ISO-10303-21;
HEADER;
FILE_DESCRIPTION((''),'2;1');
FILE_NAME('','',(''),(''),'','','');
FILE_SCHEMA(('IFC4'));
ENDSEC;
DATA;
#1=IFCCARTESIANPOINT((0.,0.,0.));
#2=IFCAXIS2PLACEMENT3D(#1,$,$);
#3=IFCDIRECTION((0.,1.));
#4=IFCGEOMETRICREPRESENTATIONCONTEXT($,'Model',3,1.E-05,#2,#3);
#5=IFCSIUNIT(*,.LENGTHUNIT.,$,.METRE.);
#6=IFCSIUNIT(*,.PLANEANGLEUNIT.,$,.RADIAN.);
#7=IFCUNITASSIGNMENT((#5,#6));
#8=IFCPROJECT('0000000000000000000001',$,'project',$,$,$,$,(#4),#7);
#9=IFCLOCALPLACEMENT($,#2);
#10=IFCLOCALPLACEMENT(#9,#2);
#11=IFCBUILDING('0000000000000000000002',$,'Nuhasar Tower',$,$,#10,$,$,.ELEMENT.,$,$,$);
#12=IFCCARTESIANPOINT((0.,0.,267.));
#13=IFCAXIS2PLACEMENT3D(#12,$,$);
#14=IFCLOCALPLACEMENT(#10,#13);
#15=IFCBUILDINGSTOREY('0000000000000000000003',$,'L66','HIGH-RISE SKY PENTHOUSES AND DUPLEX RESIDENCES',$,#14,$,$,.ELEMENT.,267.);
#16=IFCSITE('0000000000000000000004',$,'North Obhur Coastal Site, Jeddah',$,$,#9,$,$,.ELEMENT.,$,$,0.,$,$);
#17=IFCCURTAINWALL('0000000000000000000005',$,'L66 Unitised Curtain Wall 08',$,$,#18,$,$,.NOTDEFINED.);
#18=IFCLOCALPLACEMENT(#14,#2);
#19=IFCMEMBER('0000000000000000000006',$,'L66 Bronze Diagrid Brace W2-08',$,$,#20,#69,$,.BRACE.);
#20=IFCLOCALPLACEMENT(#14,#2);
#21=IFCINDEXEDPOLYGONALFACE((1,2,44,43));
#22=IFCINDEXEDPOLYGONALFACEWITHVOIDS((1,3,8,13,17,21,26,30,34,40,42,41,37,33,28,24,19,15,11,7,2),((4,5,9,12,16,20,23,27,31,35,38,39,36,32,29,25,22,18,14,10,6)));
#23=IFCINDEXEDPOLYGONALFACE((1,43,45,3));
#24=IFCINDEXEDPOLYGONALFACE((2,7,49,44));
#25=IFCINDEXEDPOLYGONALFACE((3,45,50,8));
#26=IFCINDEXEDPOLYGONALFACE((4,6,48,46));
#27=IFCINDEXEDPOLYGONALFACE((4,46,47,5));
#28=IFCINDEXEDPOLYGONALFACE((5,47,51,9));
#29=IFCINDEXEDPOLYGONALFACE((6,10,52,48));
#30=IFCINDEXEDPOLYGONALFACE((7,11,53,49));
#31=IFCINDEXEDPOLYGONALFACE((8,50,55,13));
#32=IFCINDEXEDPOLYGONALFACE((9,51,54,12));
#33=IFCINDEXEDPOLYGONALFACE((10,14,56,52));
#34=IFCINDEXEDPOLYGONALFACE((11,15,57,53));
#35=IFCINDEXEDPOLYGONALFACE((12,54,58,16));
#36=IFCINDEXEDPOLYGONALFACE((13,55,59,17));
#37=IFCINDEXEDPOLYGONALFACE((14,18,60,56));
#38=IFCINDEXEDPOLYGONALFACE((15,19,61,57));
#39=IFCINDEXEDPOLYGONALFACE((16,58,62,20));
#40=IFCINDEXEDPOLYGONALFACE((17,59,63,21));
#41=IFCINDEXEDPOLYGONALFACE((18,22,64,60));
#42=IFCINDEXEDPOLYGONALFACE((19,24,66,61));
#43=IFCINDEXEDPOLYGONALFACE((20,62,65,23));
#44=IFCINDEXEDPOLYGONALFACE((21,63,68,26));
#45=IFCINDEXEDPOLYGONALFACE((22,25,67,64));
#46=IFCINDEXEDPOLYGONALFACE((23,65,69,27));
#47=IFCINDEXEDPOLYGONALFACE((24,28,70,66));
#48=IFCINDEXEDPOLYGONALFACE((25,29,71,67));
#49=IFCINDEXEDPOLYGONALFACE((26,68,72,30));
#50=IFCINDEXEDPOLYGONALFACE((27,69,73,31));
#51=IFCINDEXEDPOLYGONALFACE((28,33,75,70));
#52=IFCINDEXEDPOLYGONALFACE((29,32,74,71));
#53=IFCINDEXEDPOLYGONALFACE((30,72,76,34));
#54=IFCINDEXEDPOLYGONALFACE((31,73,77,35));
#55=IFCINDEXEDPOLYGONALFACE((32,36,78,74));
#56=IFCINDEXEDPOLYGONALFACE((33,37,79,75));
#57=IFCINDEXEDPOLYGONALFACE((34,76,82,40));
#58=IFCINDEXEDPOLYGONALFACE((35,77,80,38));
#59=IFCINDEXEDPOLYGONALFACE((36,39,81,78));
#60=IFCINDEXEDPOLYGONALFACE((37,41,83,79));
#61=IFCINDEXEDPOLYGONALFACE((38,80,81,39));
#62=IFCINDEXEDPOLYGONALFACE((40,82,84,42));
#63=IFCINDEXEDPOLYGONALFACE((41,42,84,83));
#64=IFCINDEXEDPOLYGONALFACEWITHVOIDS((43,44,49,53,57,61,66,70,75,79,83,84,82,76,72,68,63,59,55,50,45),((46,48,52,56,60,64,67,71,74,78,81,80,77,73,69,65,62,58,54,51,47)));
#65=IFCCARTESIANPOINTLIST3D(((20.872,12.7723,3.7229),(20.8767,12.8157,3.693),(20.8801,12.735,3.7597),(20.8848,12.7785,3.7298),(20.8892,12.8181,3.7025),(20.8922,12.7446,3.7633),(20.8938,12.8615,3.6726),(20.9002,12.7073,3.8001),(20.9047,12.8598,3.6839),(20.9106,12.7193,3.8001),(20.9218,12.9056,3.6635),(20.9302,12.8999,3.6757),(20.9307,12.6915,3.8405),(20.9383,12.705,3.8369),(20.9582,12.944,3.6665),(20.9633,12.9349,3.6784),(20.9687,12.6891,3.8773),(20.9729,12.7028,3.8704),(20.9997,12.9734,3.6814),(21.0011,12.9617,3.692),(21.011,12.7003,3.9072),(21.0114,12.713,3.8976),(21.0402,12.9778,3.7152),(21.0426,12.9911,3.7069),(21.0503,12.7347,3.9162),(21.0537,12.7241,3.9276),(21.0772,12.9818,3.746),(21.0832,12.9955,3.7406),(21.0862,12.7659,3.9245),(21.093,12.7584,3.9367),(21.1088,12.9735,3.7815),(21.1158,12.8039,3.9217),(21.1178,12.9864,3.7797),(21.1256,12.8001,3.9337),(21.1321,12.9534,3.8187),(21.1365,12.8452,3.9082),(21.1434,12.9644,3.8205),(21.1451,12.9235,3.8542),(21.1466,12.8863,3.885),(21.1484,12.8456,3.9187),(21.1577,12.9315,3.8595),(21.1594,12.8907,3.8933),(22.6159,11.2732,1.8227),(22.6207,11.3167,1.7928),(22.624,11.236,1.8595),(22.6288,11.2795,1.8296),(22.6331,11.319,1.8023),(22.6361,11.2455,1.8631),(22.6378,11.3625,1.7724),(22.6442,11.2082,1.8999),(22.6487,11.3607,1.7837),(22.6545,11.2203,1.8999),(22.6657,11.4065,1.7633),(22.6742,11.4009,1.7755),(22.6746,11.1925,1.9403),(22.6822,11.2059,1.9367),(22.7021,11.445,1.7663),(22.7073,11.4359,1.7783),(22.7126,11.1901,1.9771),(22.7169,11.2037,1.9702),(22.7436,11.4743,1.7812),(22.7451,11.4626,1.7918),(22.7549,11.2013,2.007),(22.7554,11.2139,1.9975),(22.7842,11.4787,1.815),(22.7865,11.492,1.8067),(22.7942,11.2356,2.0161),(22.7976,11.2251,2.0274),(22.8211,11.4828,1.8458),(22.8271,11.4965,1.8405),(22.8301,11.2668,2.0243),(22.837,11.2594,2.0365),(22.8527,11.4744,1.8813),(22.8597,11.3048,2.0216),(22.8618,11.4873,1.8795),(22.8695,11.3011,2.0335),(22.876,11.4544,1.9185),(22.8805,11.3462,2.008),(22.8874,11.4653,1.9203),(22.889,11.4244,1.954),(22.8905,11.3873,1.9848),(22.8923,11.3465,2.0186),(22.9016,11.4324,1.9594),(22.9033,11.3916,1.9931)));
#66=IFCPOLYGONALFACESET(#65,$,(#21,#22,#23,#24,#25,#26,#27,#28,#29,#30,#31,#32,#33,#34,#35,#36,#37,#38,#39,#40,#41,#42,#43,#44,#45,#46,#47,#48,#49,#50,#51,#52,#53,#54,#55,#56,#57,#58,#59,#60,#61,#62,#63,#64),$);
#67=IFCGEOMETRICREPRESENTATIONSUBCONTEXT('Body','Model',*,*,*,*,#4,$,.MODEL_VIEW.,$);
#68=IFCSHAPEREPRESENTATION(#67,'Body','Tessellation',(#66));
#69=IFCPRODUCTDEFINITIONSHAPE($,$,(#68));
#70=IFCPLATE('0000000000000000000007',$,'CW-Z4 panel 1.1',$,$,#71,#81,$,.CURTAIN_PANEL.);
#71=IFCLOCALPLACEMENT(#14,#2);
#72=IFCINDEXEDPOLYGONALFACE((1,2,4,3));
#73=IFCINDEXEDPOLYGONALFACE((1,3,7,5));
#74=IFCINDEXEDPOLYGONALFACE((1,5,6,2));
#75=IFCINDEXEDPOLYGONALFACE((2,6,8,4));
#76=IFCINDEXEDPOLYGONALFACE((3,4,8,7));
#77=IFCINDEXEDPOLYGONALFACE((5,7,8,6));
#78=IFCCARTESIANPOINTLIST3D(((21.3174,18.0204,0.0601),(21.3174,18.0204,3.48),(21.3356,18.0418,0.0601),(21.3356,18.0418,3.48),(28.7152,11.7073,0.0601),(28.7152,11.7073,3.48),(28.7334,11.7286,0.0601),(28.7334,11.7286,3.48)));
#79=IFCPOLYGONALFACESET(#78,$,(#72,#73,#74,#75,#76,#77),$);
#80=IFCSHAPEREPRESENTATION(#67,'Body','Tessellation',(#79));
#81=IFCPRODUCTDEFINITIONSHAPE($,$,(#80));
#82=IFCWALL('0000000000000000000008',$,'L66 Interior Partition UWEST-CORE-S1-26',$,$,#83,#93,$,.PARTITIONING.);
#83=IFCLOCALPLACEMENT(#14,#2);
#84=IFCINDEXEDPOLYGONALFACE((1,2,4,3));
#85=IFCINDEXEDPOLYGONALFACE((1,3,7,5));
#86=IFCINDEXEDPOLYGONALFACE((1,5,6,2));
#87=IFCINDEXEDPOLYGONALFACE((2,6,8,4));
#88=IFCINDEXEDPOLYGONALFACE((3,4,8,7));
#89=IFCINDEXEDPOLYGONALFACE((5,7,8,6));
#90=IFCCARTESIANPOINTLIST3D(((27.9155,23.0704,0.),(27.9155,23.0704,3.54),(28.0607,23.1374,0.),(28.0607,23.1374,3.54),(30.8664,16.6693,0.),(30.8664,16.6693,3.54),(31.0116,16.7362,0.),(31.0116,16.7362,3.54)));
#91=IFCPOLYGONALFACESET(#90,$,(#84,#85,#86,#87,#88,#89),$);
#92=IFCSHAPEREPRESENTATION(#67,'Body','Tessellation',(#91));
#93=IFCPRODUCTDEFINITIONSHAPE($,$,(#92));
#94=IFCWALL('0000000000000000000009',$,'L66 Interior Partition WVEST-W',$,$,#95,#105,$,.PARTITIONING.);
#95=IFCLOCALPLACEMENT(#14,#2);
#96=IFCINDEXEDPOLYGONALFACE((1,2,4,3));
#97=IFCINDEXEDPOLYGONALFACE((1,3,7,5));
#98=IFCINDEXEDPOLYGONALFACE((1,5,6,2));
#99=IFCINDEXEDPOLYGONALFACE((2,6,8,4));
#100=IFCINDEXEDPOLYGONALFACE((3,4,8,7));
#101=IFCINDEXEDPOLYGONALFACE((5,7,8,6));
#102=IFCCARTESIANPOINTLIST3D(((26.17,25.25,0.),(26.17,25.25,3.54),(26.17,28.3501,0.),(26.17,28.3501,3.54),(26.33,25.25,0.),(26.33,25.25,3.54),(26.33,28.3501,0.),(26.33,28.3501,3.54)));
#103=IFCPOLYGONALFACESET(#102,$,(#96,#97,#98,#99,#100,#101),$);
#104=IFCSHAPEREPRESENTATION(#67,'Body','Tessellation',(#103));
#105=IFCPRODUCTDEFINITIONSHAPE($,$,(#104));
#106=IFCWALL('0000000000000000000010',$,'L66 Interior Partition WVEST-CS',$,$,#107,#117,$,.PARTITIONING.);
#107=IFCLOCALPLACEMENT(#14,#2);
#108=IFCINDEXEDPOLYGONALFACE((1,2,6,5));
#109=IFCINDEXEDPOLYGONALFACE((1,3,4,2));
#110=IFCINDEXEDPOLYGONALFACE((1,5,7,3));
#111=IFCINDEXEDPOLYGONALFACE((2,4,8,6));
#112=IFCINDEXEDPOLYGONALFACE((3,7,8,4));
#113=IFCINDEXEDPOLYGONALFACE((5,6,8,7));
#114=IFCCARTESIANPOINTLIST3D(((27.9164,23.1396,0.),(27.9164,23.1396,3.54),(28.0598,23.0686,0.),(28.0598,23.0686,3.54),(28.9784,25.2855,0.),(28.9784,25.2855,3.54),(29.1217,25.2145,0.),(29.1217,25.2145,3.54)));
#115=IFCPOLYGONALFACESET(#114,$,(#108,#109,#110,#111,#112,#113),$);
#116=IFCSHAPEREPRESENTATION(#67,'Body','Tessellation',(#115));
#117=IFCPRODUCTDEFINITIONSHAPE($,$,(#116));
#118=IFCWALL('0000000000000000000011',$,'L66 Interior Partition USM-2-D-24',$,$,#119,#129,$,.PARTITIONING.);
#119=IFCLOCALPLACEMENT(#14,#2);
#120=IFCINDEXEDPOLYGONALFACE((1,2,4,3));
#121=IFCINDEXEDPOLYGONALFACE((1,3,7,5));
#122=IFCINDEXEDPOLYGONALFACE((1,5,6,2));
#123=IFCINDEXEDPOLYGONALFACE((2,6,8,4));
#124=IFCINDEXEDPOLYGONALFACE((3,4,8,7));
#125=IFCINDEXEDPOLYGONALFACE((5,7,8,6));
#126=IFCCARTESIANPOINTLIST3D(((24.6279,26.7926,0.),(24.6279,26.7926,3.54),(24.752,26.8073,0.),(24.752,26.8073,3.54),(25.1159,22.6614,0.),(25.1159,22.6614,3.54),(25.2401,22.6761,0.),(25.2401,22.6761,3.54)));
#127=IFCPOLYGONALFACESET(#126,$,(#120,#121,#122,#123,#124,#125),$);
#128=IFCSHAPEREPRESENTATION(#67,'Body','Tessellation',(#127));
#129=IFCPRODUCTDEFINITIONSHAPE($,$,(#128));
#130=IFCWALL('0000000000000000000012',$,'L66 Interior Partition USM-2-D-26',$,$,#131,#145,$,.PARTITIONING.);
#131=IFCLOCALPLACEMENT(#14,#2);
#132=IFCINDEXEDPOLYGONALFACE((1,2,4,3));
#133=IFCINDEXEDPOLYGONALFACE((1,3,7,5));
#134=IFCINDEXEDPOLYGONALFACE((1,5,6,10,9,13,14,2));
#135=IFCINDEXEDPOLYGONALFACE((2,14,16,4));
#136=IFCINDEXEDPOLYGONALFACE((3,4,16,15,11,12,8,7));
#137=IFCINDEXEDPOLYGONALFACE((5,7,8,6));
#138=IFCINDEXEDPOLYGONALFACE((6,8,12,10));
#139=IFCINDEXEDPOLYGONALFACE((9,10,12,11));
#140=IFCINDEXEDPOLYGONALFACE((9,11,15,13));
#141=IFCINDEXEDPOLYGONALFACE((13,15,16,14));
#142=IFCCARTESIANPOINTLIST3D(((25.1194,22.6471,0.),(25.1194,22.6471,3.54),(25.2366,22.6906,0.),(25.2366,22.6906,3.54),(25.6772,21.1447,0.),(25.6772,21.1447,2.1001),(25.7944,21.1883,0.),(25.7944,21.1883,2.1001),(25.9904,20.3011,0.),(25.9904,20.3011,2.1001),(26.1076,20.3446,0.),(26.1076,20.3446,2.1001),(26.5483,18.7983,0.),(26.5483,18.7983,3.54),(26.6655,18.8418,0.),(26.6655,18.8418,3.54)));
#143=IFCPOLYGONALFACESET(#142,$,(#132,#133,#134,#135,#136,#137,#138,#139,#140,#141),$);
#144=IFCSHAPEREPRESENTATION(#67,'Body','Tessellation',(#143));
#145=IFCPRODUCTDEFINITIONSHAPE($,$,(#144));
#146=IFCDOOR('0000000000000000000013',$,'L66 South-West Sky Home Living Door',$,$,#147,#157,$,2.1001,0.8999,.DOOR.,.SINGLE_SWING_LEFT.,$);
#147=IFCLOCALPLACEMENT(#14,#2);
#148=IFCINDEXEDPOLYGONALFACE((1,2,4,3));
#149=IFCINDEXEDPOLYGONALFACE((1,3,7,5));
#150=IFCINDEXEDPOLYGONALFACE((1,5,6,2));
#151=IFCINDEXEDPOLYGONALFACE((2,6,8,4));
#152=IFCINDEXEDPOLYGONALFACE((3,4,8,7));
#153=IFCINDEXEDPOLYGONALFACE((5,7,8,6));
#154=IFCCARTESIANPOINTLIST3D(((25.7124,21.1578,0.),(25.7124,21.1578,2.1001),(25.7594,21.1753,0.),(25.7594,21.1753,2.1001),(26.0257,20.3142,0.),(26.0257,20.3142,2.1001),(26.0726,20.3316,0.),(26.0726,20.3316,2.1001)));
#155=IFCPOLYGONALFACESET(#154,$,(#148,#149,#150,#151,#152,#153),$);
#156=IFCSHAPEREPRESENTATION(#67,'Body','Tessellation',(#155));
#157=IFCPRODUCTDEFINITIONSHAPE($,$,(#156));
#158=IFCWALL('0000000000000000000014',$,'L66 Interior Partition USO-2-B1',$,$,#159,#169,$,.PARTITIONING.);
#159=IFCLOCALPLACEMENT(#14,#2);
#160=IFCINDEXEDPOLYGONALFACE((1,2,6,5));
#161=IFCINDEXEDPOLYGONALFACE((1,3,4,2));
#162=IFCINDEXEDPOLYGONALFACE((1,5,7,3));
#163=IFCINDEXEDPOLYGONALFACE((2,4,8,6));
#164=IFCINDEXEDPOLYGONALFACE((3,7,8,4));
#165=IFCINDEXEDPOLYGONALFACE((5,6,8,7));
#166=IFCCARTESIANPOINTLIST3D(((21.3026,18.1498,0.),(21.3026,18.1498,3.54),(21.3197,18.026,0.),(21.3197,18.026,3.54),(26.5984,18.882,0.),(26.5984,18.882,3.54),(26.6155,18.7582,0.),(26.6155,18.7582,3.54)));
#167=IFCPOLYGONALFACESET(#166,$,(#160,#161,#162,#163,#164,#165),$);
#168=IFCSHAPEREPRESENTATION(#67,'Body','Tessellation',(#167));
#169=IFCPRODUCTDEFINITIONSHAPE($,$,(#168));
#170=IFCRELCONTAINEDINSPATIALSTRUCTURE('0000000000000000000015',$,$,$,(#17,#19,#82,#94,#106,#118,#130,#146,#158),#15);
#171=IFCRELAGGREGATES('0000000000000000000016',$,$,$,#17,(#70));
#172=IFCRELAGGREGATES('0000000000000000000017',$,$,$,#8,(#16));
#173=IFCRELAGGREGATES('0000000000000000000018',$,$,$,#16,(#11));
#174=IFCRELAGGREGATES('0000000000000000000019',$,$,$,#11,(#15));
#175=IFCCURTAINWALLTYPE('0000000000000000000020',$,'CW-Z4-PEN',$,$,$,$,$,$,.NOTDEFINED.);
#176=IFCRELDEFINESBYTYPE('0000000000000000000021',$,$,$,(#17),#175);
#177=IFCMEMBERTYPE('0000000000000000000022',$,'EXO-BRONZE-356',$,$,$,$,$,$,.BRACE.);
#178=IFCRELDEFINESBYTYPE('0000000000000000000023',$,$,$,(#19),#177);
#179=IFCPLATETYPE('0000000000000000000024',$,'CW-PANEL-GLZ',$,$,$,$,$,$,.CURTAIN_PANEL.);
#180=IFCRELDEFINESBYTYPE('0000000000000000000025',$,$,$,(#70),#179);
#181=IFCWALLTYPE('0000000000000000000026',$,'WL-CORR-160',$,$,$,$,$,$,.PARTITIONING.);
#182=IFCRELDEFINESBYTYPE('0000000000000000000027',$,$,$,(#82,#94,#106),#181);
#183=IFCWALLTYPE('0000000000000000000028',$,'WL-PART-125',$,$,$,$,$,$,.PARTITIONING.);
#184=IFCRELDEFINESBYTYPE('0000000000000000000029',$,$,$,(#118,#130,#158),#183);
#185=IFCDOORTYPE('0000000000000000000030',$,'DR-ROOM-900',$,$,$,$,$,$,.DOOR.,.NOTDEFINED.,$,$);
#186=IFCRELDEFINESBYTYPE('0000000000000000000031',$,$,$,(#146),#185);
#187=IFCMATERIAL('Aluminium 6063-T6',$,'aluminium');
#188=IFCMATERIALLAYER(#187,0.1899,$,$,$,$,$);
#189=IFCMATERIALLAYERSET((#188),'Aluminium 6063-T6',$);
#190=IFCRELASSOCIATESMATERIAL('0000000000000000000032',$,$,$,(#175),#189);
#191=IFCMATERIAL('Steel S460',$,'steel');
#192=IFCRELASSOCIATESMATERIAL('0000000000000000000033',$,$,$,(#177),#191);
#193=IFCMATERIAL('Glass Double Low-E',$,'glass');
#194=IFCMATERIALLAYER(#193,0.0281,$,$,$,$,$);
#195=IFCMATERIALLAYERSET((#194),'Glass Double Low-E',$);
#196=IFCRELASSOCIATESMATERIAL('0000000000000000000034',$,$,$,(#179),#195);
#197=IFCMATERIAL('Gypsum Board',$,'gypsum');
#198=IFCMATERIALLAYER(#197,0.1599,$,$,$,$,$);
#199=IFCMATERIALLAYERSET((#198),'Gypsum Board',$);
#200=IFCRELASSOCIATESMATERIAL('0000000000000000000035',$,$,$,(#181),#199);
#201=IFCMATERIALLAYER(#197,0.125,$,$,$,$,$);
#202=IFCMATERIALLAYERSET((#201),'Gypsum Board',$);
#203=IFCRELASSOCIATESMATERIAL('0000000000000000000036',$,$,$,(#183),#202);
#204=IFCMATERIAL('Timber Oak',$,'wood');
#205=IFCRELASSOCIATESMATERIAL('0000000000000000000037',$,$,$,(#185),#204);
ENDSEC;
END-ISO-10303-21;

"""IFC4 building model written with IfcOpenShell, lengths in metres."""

from ifc_helpers import new_model, si_unit, direction, frame, frame_2d, origin, origin_2d, place, context, subcontext, project, spatial, rectangle, hollow_circle, extrude, material, layer, layer_set, material_profile, profile_set, type_object, element, fill, aggregate, save


model = new_model("IFC4")

# Units and contexts
model_context = context("Model", 3, precision=1e-05, world=origin(), true_north=direction((0.0, 1.0)))
body_context = subcontext(model_context, "Body", "Model", "MODEL_VIEW")
ifc_project = project(units=[si_unit("LENGTHUNIT", "METRE"), si_unit("PLANEANGLEUNIT", "RADIAN")], contexts=[model_context])

# Site, building, storey
site_placement = place(None, origin())
site = spatial("IfcSite", under=ifc_project, at=site_placement, Name="North Obhur Coastal Site, Jeddah", CompositionType="ELEMENT", RefElevation=0.0)
building_placement = place(site_placement, origin())
building = spatial("IfcBuilding", under=site, at=building_placement, Name="Nuhasar Tower", CompositionType="ELEMENT")
storey_placement = place(building_placement, frame((0.0, 0.0, 267.0)))
storey = spatial("IfcBuildingStorey", under=building, at=storey_placement, Name="L66", Description="HIGH-RISE SKY PENTHOUSES AND DUPLEX RESIDENCES", CompositionType="ELEMENT", Elevation=267.0)

# Curtain wall
ifc_material_1 = material(Name="Aluminium 6063-T6", Category="aluminium")
ifc_layer_1 = layer(ifc_material_1, 0.1899)
ifc_layer_set_1 = layer_set([ifc_layer_1], Name="Aluminium 6063-T6")
curtain_wall_type = type_object("IfcCurtainWallType", Name="CW-Z4-PEN", PredefinedType="NOTDEFINED", material=ifc_layer_set_1)
curtain_wall_1_placement = place(storey_placement, origin())
curtain_wall_1 = element("IfcCurtainWall", 1, at=curtain_wall_1_placement, inside=storey, type_object=curtain_wall_type, Name="L66 Unitised Curtain Wall 08", PredefinedType="NOTDEFINED")

# Member
ifc_material_2 = material(Name="Steel S460", Category="steel")
ifc_material_profile_1 = material_profile(ifc_material_2, hollow_circle(Radius=0.1777, WallThickness=0.0159, at=origin_2d()), Name="HSS355.6X15.9")
ifc_profile_set_1 = profile_set([ifc_material_profile_1], Name="Steel S460")
member_type_1 = type_object("IfcMemberType", Name="EXO-BRONZE-356", PredefinedType="BRACE", material=ifc_profile_set_1)
member_1_placement = place(storey_placement, frame((22.76, 11.343, 1.8999), z_axis=(-0.584595, 0.502508, 0.636973), x_axis=(-0.651857, -0.758342, 0.0)))
element("IfcMember", 2, at=member_1_placement, inside=storey, type_object=member_type_1, Name="L66 Bronze Diagrid Brace W2-08", PredefinedType="BRACE", context=body_context, shape_type="SweptSolid", body=[
    extrude(hollow_circle(Radius=0.1777, WallThickness=0.0159, at=origin_2d()), origin(), (0.0, 0.0, 1.0), 2.9832),
])

# Plate
ifc_material_3 = material(Name="Glass Double Low-E", Category="glass")
ifc_layer_2 = layer(ifc_material_3, 0.0281)
ifc_layer_set_2 = layer_set([ifc_layer_2], Name="Glass Double Low-E")
plate_type = type_object("IfcPlateType", Name="CW-PANEL-GLZ", PredefinedType="CURTAIN_PANEL", material=ifc_layer_set_2)
plate_placement = place(storey_placement, frame((25.0254, 14.8745, 0.0601), z_axis=(0.0, 0.0, 1.0), x_axis=(0.760667, -0.649142, 0.0)))
plate = element("IfcPlate", 3, at=plate_placement, type_object=plate_type, Name="CW-Z4 panel 1.1", PredefinedType="CURTAIN_PANEL", context=body_context, shape_type="SweptSolid", body=[
    extrude(rectangle(XDim=9.7253, YDim=0.0281, at=origin_2d()), origin(), (0.0, 0.0, 1.0), 3.4199),
])
aggregate(curtain_wall_1, [plate])

# Wall
ifc_material_4 = material(Name="Gypsum Board", Category="gypsum")
ifc_layer_3 = layer(ifc_material_4, 0.1599)
ifc_layer_set_3 = layer_set([ifc_layer_3], Name="Gypsum Board")
wall_type_1 = type_object("IfcWallType", Name="WL-CORR-160", PredefinedType="PARTITIONING", material=ifc_layer_set_3)
wall_1_placement = place(storey_placement, frame((27.988, 23.104, 0.0), z_axis=(0.0, 0.0, 1.0), x_axis=(0.418656, -0.908145, 0.0)))
element("IfcWall", 4, at=wall_1_placement, inside=storey, type_object=wall_type_1, Name="L66 Interior Partition UWEST-CORE-S1-26", PredefinedType="PARTITIONING", context=body_context, shape_type="SweptSolid", body=[
    extrude(rectangle(XDim=7.0486, YDim=0.1599, at=frame_2d((3.5244, 0.0))), origin(), (0.0, 0.0, 1.0), 3.54),
])

# Shared definitions
ifc_material_5 = material(Name="Timber Oak", Category="wood")

# Walls
wall_2_placement = place(storey_placement, frame((26.25, 25.25, 0.0), z_axis=(0.0, 0.0, 1.0), x_axis=(0.0, 1.0, 0.0)))
element("IfcWall", 5, at=wall_2_placement, inside=storey, type_object=wall_type_1, Name="L66 Interior Partition WVEST-W", PredefinedType="PARTITIONING", context=body_context, shape_type="SweptSolid", body=[
    extrude(rectangle(XDim=3.1001, YDim=0.1599, at=frame_2d((1.55, 0.0))), origin(), (0.0, 0.0, 1.0), 3.54),
])
wall_3_placement = place(storey_placement, frame((27.988, 23.104, 0.0), z_axis=(0.0, 0.0, 1.0), x_axis=(0.443539, 0.896255, 0.0)))
element("IfcWall", 6, at=wall_3_placement, inside=storey, type_object=wall_type_1, Name="L66 Interior Partition WVEST-CS", PredefinedType="PARTITIONING", context=body_context, shape_type="SweptSolid", body=[
    extrude(rectangle(XDim=2.3943, YDim=0.1599, at=frame_2d((1.1973, 0.0))), origin(), (0.0, 0.0, 1.0), 3.54),
])
ifc_layer_4 = layer(ifc_material_4, 0.125)
ifc_layer_set_4 = layer_set([ifc_layer_4], Name="Gypsum Board")
wall_type_2 = type_object("IfcWallType", Name="WL-PART-125", PredefinedType="PARTITIONING", material=ifc_layer_set_4)
wall_4_placement = place(storey_placement, frame((24.6899, 26.8, 0.0), z_axis=(0.0, 0.0, 1.0), x_axis=(0.117321, -0.993094, 0.0)))
element("IfcWall", 7, at=wall_4_placement, inside=storey, type_object=wall_type_2, Name="L66 Interior Partition USM-2-D-24", PredefinedType="PARTITIONING", context=body_context, shape_type="SweptSolid", body=[
    extrude(rectangle(XDim=4.1599, YDim=0.125, at=frame_2d((2.0801, 0.0))), origin(), (0.0, 0.0, 1.0), 3.54),
])

# Wall, opening, door
wall_5_placement = place(storey_placement, frame((26.6069, 18.8201, 0.0), z_axis=(0.0, 0.0, 1.0), x_axis=(-0.348052, 0.937475, 0.0)))
wall_5 = element("IfcWall", 8, at=wall_5_placement, inside=storey, type_object=wall_type_2, Name="L66 Interior Partition USM-2-D-26", PredefinedType="PARTITIONING", context=body_context, shape_type="SweptSolid", body=[
    extrude(rectangle(XDim=4.1055, YDim=0.125, at=frame_2d((2.0527, 0.0))), origin(), (0.0, 0.0, 1.0), 3.54),
])
opening_1_placement = place(wall_5_placement, frame((1.603, 0.0, 0.0)))
opening_1 = element("IfcOpeningElement", 9, at=opening_1_placement, cuts=wall_5, PredefinedType="OPENING", context=body_context, shape_type="SweptSolid", body=[
    extrude(rectangle(XDim=0.8999, YDim=2.1001, at=frame_2d((0.45, 1.05))), frame((0.0, 0.0725, 0.0), z_axis=(0.0, -1.0, 0.0), x_axis=(1.0, 0.0, 0.0)), (0.0, 0.0, 1.0), 0.145),
])
door_type_1 = type_object("IfcDoorType", Name="DR-ROOM-900", OperationType="NOTDEFINED", PredefinedType="DOOR", material=ifc_material_5)
door_1_placement = place(opening_1_placement, origin())
door_1 = element("IfcDoor", 10, at=door_1_placement, inside=storey, type_object=door_type_1, Name="L66 South-West Sky Home Living Door", OperationType="SINGLE_SWING_LEFT", OverallHeight=2.1001, OverallWidth=0.8999, PredefinedType="DOOR", context=body_context, shape_type="SweptSolid", body=[
    extrude(rectangle(XDim=0.8999, YDim=2.1001, at=frame_2d((0.45, 1.05))), frame((0.0, 0.0249, 0.0), z_axis=(0.0, -1.0, 0.0), x_axis=(1.0, 0.0, 0.0)), (0.0, 0.0, 1.0), 0.05),
])
fill(opening_1, door_1)

# Wall
wall_6_placement = place(storey_placement, frame((26.6069, 18.8201, 0.0), z_axis=(0.0, 0.0, 1.0), x_axis=(-0.990578, -0.136951, 0.0)))
element("IfcWall", 11, at=wall_6_placement, inside=storey, type_object=wall_type_2, Name="L66 Interior Partition USO-2-B1", PredefinedType="PARTITIONING", context=body_context, shape_type="SweptSolid", body=[
    extrude(rectangle(XDim=5.3462, YDim=0.125, at=frame_2d((2.6731, 0.0))), origin(), (0.0, 0.0, 1.0), 3.54),
])

save(model, "model.ifc")
